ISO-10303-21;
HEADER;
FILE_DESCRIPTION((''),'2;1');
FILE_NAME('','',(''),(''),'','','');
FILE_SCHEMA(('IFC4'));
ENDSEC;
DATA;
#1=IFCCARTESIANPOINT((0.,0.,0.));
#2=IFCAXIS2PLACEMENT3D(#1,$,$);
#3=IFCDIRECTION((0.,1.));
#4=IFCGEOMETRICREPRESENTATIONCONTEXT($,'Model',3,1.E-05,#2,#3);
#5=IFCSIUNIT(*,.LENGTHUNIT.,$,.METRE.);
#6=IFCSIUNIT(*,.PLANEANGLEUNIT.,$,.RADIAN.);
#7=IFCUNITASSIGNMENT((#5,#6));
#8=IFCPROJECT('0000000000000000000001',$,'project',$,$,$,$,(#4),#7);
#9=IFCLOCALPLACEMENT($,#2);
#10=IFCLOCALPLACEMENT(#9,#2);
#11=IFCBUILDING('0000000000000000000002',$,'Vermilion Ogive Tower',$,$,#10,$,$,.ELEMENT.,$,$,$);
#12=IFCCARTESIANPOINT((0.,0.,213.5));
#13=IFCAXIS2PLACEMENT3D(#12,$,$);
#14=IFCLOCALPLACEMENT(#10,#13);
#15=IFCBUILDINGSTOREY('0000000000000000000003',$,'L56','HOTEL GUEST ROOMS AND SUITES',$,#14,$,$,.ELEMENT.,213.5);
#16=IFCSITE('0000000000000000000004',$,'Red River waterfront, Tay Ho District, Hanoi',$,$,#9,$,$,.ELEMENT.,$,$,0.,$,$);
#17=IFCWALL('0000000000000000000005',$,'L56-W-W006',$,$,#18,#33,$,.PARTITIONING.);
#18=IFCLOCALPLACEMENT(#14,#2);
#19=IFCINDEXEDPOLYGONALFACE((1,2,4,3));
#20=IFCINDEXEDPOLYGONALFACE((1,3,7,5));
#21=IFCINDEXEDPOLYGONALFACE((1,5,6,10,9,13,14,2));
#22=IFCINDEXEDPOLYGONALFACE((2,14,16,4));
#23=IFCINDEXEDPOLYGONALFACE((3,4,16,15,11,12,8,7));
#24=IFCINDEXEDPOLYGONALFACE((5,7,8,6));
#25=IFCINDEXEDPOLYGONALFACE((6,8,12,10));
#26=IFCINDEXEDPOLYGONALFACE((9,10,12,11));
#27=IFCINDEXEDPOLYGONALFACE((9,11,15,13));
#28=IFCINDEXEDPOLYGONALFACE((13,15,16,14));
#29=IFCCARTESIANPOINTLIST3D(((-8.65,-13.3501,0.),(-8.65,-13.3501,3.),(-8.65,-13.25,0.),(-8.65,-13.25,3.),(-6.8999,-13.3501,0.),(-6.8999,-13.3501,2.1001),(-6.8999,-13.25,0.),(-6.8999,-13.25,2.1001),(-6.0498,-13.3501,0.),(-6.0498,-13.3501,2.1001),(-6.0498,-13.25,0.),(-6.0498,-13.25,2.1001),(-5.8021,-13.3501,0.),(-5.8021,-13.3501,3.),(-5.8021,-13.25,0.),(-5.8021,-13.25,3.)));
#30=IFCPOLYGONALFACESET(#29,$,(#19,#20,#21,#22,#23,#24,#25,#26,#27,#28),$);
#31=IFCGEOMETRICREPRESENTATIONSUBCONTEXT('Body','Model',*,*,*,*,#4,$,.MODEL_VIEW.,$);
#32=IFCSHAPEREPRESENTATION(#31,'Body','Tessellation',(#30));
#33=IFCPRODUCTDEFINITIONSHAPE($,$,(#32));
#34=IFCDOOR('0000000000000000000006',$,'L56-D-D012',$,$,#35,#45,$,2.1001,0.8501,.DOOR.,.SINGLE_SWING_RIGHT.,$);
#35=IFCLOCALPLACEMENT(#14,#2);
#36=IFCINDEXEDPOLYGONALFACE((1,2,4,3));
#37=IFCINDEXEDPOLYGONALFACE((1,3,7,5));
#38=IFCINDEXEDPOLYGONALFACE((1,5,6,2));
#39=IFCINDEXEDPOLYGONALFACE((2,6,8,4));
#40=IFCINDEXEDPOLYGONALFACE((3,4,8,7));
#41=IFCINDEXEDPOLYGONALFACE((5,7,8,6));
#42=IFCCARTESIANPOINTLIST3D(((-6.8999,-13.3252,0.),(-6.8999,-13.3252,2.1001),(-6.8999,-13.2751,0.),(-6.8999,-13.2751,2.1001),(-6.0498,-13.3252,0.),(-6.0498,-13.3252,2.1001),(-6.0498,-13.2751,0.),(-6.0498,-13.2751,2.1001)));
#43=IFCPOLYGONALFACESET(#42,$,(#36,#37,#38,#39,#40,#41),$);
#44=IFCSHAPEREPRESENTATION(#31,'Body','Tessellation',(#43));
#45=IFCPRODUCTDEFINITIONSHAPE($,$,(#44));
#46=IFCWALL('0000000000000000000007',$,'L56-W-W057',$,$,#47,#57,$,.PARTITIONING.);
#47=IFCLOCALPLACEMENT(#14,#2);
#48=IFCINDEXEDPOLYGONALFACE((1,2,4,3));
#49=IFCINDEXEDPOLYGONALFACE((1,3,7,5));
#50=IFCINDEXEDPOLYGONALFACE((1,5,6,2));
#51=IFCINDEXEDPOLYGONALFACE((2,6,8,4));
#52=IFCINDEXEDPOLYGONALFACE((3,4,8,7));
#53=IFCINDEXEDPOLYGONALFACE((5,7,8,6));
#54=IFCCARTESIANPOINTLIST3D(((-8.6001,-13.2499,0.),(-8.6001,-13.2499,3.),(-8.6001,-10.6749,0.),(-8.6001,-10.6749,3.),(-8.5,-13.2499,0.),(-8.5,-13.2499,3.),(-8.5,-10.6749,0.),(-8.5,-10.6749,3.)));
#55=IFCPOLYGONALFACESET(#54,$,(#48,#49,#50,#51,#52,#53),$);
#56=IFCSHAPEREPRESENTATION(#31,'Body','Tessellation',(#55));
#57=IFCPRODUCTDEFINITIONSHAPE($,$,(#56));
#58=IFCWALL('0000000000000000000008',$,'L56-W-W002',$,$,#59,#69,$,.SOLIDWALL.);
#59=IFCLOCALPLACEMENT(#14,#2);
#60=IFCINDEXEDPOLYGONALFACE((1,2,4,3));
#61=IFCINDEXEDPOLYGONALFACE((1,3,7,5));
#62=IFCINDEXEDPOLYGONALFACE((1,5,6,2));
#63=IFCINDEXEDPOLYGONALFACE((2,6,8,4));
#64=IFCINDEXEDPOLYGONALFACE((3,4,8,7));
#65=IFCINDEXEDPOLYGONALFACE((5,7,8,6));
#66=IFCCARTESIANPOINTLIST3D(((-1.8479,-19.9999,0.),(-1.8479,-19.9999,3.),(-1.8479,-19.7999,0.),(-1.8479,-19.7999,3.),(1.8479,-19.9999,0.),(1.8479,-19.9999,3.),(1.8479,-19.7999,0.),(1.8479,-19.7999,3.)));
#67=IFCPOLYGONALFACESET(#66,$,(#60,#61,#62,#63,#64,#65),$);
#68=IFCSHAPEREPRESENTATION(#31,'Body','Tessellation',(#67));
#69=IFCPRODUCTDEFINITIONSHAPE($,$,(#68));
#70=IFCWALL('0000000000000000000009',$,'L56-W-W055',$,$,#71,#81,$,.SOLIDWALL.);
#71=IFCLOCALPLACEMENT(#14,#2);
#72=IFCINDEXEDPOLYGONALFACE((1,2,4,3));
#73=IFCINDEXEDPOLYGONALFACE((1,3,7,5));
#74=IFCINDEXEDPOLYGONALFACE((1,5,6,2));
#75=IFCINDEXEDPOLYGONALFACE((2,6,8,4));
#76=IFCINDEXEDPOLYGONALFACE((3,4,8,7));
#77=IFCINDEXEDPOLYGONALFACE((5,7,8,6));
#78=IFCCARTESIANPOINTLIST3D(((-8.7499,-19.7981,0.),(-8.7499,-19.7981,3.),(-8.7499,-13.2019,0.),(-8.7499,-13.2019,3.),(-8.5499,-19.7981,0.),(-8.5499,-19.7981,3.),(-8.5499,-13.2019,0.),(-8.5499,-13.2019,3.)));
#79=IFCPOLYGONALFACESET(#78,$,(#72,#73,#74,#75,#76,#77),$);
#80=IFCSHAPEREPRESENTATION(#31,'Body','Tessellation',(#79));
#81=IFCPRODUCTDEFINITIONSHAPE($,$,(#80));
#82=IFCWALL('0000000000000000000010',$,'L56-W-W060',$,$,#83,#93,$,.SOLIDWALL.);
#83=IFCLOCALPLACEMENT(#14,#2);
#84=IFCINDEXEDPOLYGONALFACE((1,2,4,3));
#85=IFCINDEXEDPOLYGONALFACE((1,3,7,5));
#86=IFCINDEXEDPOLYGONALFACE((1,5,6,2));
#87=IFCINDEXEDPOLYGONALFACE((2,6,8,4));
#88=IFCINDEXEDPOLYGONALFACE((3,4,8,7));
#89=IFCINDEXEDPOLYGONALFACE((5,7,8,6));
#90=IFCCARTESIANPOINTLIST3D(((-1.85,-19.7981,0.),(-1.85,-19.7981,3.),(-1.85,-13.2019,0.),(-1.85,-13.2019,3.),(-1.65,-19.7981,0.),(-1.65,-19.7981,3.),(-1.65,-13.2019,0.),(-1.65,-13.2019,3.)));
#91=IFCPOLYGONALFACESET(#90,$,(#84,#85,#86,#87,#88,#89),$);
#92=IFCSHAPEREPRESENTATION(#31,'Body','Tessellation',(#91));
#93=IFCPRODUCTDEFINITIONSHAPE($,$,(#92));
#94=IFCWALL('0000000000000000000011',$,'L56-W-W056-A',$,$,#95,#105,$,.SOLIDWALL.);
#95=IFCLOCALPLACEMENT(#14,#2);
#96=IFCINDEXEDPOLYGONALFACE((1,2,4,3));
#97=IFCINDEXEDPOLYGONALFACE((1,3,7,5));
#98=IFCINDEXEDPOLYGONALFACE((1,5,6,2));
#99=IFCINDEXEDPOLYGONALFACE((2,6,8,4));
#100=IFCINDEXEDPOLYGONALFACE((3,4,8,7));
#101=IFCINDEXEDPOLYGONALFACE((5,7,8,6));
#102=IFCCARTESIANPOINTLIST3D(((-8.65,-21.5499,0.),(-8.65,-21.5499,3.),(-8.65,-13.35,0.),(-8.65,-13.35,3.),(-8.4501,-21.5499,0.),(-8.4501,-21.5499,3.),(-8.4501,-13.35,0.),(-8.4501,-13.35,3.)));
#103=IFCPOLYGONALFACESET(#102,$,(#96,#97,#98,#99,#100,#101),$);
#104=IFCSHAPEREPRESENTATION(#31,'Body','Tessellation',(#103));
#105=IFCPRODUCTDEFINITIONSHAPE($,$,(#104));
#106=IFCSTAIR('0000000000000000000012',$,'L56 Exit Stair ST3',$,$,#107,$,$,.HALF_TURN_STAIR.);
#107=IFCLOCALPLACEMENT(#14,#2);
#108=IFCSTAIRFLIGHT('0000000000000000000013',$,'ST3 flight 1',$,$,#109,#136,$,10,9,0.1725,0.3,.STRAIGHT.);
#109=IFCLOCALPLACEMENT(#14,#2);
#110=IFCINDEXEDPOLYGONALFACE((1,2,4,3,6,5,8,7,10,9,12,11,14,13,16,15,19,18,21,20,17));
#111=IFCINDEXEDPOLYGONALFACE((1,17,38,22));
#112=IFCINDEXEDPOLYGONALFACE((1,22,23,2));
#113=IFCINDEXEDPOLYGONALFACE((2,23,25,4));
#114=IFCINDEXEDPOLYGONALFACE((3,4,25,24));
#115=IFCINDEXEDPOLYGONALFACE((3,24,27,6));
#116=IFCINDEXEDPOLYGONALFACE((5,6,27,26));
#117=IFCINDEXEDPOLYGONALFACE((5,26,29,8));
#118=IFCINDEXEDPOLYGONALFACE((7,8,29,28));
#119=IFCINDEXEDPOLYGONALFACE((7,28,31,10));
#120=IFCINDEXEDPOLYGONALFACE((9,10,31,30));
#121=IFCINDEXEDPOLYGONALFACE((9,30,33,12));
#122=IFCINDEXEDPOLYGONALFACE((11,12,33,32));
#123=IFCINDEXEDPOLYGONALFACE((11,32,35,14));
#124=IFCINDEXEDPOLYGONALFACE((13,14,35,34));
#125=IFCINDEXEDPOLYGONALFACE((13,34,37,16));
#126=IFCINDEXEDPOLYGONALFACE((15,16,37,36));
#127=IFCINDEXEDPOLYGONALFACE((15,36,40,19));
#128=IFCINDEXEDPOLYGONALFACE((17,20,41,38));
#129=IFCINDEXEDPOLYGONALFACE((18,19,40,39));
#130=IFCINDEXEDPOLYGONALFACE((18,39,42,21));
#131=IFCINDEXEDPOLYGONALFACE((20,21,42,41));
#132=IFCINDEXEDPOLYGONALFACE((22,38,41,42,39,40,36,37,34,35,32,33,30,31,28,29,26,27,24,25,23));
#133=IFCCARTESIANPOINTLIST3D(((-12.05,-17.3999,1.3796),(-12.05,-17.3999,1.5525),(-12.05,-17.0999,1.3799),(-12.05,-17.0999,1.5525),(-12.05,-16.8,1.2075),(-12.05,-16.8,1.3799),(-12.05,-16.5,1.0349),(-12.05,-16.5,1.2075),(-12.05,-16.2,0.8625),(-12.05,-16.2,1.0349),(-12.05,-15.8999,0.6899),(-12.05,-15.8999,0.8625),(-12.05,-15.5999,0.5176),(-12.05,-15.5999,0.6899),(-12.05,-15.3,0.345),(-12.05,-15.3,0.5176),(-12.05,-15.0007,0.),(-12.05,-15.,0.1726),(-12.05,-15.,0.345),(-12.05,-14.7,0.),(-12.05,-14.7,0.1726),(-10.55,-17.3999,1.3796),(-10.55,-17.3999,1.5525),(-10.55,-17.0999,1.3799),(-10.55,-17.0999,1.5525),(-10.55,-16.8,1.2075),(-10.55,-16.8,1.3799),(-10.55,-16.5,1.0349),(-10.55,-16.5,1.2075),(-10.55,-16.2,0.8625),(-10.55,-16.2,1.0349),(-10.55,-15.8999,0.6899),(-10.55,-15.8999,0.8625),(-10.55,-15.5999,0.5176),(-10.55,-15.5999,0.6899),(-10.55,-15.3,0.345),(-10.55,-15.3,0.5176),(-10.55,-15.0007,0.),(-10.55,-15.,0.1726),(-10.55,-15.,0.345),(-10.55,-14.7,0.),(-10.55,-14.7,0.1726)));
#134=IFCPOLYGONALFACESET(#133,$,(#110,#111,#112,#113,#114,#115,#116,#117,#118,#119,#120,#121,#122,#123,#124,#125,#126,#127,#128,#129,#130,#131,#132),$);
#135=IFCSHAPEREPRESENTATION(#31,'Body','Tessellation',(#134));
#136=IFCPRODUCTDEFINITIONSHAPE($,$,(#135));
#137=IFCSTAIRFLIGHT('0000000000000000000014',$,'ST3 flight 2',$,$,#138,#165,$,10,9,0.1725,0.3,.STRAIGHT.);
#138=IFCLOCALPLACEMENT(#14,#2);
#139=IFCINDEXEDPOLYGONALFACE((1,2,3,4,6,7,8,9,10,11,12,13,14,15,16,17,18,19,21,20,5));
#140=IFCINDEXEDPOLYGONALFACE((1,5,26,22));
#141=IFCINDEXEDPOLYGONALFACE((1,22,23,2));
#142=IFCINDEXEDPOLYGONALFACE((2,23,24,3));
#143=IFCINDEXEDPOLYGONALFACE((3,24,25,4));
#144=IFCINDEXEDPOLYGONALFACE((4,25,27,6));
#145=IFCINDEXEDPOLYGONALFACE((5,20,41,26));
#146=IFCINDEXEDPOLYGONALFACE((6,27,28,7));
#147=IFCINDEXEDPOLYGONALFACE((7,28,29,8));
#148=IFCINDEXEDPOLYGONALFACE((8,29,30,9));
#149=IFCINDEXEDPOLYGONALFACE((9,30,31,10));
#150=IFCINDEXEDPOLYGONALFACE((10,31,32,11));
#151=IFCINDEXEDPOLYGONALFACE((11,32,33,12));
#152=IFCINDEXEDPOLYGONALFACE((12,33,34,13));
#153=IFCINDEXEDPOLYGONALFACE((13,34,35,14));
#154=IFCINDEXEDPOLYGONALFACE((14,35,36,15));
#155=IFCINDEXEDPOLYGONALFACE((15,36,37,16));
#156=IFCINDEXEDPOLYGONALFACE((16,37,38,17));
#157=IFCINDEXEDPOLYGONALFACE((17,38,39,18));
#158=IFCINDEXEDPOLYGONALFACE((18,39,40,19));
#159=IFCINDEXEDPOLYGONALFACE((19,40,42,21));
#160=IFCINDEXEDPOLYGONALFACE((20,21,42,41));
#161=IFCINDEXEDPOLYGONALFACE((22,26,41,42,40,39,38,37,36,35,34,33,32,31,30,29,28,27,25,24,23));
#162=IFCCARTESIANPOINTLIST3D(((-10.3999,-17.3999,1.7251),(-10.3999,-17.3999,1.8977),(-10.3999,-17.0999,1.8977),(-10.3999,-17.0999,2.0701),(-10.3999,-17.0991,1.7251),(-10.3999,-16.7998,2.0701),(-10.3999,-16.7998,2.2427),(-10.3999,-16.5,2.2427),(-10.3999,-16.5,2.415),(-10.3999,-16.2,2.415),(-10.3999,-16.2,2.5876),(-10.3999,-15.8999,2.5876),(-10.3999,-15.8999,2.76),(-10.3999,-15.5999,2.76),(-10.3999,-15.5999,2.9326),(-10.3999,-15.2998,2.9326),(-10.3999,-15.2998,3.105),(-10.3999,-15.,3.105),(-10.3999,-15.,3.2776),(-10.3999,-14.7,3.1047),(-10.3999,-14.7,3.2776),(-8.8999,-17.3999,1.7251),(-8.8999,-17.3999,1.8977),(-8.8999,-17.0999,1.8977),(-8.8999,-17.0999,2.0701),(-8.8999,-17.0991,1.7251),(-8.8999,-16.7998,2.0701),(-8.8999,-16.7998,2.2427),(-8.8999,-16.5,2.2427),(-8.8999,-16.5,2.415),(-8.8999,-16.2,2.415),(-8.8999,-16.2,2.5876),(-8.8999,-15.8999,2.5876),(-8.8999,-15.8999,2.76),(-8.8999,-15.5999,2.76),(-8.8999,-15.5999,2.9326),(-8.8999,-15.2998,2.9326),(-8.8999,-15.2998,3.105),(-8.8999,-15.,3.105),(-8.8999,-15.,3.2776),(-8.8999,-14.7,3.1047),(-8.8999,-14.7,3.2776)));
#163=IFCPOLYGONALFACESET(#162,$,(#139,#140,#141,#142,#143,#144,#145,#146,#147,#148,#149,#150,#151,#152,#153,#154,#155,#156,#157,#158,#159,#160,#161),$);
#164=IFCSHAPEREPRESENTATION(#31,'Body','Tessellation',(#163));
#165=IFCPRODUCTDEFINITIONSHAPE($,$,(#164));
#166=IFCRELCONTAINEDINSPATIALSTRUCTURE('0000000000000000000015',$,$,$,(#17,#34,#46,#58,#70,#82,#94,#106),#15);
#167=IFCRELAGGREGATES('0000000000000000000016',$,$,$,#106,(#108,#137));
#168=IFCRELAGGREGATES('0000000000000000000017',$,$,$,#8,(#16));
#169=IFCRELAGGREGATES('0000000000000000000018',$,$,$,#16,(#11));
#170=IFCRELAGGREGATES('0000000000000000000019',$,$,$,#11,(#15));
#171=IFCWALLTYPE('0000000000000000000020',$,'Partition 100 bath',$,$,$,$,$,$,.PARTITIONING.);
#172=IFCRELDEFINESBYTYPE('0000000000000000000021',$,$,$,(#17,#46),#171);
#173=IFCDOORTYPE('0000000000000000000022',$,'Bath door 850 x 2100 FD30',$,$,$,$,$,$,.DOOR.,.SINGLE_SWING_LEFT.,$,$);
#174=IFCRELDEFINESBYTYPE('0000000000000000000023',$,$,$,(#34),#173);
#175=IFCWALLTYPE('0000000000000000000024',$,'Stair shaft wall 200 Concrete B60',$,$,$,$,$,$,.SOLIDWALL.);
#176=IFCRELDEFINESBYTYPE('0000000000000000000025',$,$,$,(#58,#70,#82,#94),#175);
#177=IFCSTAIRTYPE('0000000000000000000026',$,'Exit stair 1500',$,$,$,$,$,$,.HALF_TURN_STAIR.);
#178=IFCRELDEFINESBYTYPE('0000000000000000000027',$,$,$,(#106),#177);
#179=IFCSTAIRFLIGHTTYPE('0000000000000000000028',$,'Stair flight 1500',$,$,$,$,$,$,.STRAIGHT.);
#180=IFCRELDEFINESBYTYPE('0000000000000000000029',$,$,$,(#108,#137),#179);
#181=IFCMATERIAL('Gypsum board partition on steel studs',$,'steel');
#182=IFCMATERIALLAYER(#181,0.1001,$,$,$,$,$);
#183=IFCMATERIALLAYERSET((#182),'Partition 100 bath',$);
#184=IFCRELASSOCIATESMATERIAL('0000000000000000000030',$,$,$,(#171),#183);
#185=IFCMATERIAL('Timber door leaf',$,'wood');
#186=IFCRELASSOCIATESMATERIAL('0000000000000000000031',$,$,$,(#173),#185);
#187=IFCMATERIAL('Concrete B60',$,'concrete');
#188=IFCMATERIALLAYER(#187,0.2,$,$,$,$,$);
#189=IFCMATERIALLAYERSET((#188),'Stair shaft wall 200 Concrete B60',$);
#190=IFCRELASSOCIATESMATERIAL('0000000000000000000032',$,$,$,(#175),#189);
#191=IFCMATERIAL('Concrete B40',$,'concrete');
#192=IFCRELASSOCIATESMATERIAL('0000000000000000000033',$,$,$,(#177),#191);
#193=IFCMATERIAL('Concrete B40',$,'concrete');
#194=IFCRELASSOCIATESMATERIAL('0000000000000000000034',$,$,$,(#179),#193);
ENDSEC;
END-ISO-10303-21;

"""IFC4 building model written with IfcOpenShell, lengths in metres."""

from ifc_helpers import new_model, si_unit, direction, frame, frame_2d, origin, place, context, subcontext, project, spatial, polyline, rectangle, outline, extrude, material, layer, layer_set, type_object, element, fill, aggregate, save


model = new_model("IFC4")

# Units and contexts
model_context = context("Model", 3, precision=1e-05, world=origin(), true_north=direction((0.0, 1.0)))
body_context = subcontext(model_context, "Body", "Model", "MODEL_VIEW")
ifc_project = project(units=[si_unit("LENGTHUNIT", "METRE"), si_unit("PLANEANGLEUNIT", "RADIAN")], contexts=[model_context])

# Site, building, storey
site_placement = place(None, origin())
site = spatial("IfcSite", under=ifc_project, at=site_placement, Name="Red River waterfront, Tay Ho District, Hanoi", CompositionType="ELEMENT", RefElevation=0.0)
building_placement = place(site_placement, origin())
building = spatial("IfcBuilding", under=site, at=building_placement, Name="Vermilion Ogive Tower", CompositionType="ELEMENT")
storey_placement = place(building_placement, frame((0.0, 0.0, 213.5)))
storey = spatial("IfcBuildingStorey", under=building, at=storey_placement, Name="L56", Description="HOTEL GUEST ROOMS AND SUITES", CompositionType="ELEMENT", Elevation=213.5)

# Wall, opening, door
ifc_material_1 = material(Name="Gypsum board partition on steel studs", Category="steel")
ifc_layer_1 = layer(ifc_material_1, 0.1001)
ifc_layer_set_1 = layer_set([ifc_layer_1], Name="Partition 100 bath")
wall_type_1 = type_object("IfcWallType", Name="Partition 100 bath", PredefinedType="PARTITIONING", material=ifc_layer_set_1)
wall_1_placement = place(storey_placement, frame((-8.6499, -13.3, 0.0), z_axis=(0.0, 0.0, 1.0), x_axis=(1.0, 0.0, 0.0)))
wall_1 = element("IfcWall", 1, at=wall_1_placement, inside=storey, type_object=wall_type_1, Name="L56-W-W006", PredefinedType="PARTITIONING", context=body_context, shape_type="SweptSolid", body=[
    extrude(rectangle(XDim=2.8479, YDim=0.1001, at=frame_2d((1.4238, 0.0))), origin(), (0.0, 0.0, 1.0), 3.0),
])
opening_placement = place(wall_1_placement, frame((1.75, 0.0, 0.0)))
opening = element("IfcOpeningElement", 2, at=opening_placement, cuts=wall_1, PredefinedType="OPENING", context=body_context, shape_type="SweptSolid", body=[
    extrude(rectangle(XDim=0.8501, YDim=2.1001, at=frame_2d((0.425, 1.05))), frame((0.0, 0.0601, 0.0), z_axis=(0.0, -1.0, 0.0), x_axis=(1.0, 0.0, 0.0)), (0.0, 0.0, 1.0), 0.1201),
])
ifc_material_2 = material(Name="Timber door leaf", Category="wood")
door_type = type_object("IfcDoorType", Name="Bath door 850 x 2100 FD30", OperationType="SINGLE_SWING_LEFT", PredefinedType="DOOR", material=ifc_material_2)
door_placement = place(opening_placement, origin())
door = element("IfcDoor", 3, at=door_placement, inside=storey, type_object=door_type, Name="L56-D-D012", OperationType="SINGLE_SWING_RIGHT", OverallHeight=2.1001, OverallWidth=0.8501, PredefinedType="DOOR", context=body_context, shape_type="SweptSolid", body=[
    extrude(rectangle(XDim=0.8501, YDim=2.1001, at=frame_2d((0.425, 1.05))), frame((0.0, 0.0249, 0.0), z_axis=(0.0, -1.0, 0.0), x_axis=(1.0, 0.0, 0.0)), (0.0, 0.0, 1.0), 0.05),
])
fill(opening, door)

# Walls
wall_2_placement = place(storey_placement, frame((-8.55, -13.25, 0.0), z_axis=(0.0, 0.0, 1.0), x_axis=(0.0, 1.0, 0.0)))
element("IfcWall", 4, at=wall_2_placement, inside=storey, type_object=wall_type_1, Name="L56-W-W057", PredefinedType="PARTITIONING", context=body_context, shape_type="SweptSolid", body=[
    extrude(rectangle(XDim=2.575, YDim=0.1001, at=frame_2d((1.2876, 0.0))), origin(), (0.0, 0.0, 1.0), 3.0),
])
ifc_material_3 = material(Name="Concrete B60", Category="concrete")
ifc_layer_2 = layer(ifc_material_3, 0.2)
ifc_layer_set_2 = layer_set([ifc_layer_2], Name="Stair shaft wall 200 Concrete B60")
wall_type_2 = type_object("IfcWallType", Name="Stair shaft wall 200 Concrete B60", PredefinedType="SOLIDWALL", material=ifc_layer_set_2)
wall_3_placement = place(storey_placement, frame((-1.8479, -19.8999, 0.0), z_axis=(0.0, 0.0, 1.0), x_axis=(1.0, 0.0, 0.0)))
element("IfcWall", 5, at=wall_3_placement, inside=storey, type_object=wall_type_2, Name="L56-W-W002", PredefinedType="SOLIDWALL", context=body_context, shape_type="SweptSolid", body=[
    extrude(rectangle(XDim=3.6958, YDim=0.2, at=frame_2d((1.8479, 0.0))), origin(), (0.0, 0.0, 1.0), 3.0),
])
for number, where, z_axis, x_axis, name in (
    (6, (-8.6499, -19.7981, 0.0), (0.0, 0.0, 1.0), (0.0, 1.0, 0.0), "L56-W-W055"),
    (7, (-1.75, -19.7981, 0.0), (0.0, 0.0, 1.0), (0.0, 1.0, 0.0), "L56-W-W060"),
):
    element("IfcWall", number, at=place(storey_placement, frame(where, z_axis=z_axis, x_axis=x_axis)), inside=storey, type_object=wall_type_2, Name=name, PredefinedType="SOLIDWALL", context=body_context, shape_type="SweptSolid", body=[
        extrude(rectangle(XDim=6.5962, YDim=0.2, at=frame_2d((3.2981, 0.0))), origin(), (0.0, 0.0, 1.0), 3.0),
    ])
wall_4_placement = place(storey_placement, frame((-8.55, -21.55, 0.0), z_axis=(0.0, 0.0, 1.0), x_axis=(0.0, 1.0, 0.0)))
element("IfcWall", 8, at=wall_4_placement, inside=storey, type_object=wall_type_2, Name="L56-W-W056-A", PredefinedType="SOLIDWALL", context=body_context, shape_type="SweptSolid", body=[
    extrude(rectangle(XDim=8.2, YDim=0.2, at=frame_2d((4.1001, 0.0))), origin(), (0.0, 0.0, 1.0), 3.0),
])

# Stair, stair flights
ifc_material_4 = material(Name="Concrete B40", Category="concrete")
stair_type = type_object("IfcStairType", Name="Exit stair 1500", PredefinedType="HALF_TURN_STAIR", material=ifc_material_4)
stair_1_placement = place(storey_placement, origin())
stair_1 = element("IfcStair", 9, at=stair_1_placement, inside=storey, type_object=stair_type, Name="L56 Exit Stair ST3", PredefinedType="HALF_TURN_STAIR")
ifc_material_5 = material(Name="Concrete B40", Category="concrete")
stair_flight_type = type_object("IfcStairFlightType", Name="Stair flight 1500", PredefinedType="STRAIGHT", material=ifc_material_5)
stair_flight_1_placement = place(storey_placement, frame((-11.3, -14.7, 0.0), z_axis=(0.0, 0.0, 1.0), x_axis=(0.0, -1.0, 0.0)))
stair_flight_1 = element("IfcStairFlight", 10, at=stair_flight_1_placement, type_object=stair_flight_type, Name="ST3 flight 1", NumberOfRisers=10, NumberOfTreads=9, PredefinedType="STRAIGHT", RiserHeight=0.1725, TreadLength=0.3, context=body_context, shape_type="SweptSolid", body=[
    extrude(outline(polyline([(0.0, 0.0), (0.0, 0.1726), (0.3, 0.1726), (0.3, 0.345), (0.6001, 0.345), (0.6001, 0.5176), (0.8999, 0.5176), (0.8999, 0.6899), (1.2, 0.6899), (1.2, 0.8625), (1.5, 0.8625), (1.5, 1.0349), (1.8, 1.0349), (1.8, 1.2075), (2.1001, 1.2075), (2.1001, 1.3799), (2.3999, 1.3799), (2.3999, 1.5525), (2.7, 1.5525), (2.7, 1.7251), (2.7, 1.3796), (0.3008, 0.0), (0.0, 0.0)])), frame((0.0, 0.75, 0.0), z_axis=(0.0, -1.0, 0.0), x_axis=(1.0, 0.0, 0.0)), (0.0, 0.0, 1.0), 1.5),
])
stair_flight_2_placement = place(storey_placement, frame((-9.6499, -17.3999, 1.7251), z_axis=(0.0, 0.0, 1.0), x_axis=(0.0, 1.0, 0.0)))
stair_flight_2 = element("IfcStairFlight", 11, at=stair_flight_2_placement, type_object=stair_flight_type, Name="ST3 flight 2", NumberOfRisers=10, NumberOfTreads=9, PredefinedType="STRAIGHT", RiserHeight=0.1725, TreadLength=0.3, context=body_context, shape_type="SweptSolid", body=[
    extrude(outline(polyline([(0.0, 0.0), (0.0, 0.1726), (0.3, 0.1726), (0.3, 0.345), (0.6001, 0.345), (0.6001, 0.5176), (0.8999, 0.5176), (0.8999, 0.6899), (1.2, 0.6899), (1.2, 0.8625), (1.5, 0.8625), (1.5, 1.0349), (1.8, 1.0349), (1.8, 1.2075), (2.1001, 1.2075), (2.1001, 1.3799), (2.3999, 1.3799), (2.3999, 1.5525), (2.7, 1.5525), (2.7, 1.7251), (2.7, 1.3796), (0.3008, 0.0), (0.0, 0.0)])), frame((0.0, 0.75, 0.0), z_axis=(0.0, -1.0, 0.0), x_axis=(1.0, 0.0, 0.0)), (0.0, 0.0, 1.0), 1.5),
])
aggregate(stair_1, [stair_flight_1, stair_flight_2])

save(model, "model.ifc")
